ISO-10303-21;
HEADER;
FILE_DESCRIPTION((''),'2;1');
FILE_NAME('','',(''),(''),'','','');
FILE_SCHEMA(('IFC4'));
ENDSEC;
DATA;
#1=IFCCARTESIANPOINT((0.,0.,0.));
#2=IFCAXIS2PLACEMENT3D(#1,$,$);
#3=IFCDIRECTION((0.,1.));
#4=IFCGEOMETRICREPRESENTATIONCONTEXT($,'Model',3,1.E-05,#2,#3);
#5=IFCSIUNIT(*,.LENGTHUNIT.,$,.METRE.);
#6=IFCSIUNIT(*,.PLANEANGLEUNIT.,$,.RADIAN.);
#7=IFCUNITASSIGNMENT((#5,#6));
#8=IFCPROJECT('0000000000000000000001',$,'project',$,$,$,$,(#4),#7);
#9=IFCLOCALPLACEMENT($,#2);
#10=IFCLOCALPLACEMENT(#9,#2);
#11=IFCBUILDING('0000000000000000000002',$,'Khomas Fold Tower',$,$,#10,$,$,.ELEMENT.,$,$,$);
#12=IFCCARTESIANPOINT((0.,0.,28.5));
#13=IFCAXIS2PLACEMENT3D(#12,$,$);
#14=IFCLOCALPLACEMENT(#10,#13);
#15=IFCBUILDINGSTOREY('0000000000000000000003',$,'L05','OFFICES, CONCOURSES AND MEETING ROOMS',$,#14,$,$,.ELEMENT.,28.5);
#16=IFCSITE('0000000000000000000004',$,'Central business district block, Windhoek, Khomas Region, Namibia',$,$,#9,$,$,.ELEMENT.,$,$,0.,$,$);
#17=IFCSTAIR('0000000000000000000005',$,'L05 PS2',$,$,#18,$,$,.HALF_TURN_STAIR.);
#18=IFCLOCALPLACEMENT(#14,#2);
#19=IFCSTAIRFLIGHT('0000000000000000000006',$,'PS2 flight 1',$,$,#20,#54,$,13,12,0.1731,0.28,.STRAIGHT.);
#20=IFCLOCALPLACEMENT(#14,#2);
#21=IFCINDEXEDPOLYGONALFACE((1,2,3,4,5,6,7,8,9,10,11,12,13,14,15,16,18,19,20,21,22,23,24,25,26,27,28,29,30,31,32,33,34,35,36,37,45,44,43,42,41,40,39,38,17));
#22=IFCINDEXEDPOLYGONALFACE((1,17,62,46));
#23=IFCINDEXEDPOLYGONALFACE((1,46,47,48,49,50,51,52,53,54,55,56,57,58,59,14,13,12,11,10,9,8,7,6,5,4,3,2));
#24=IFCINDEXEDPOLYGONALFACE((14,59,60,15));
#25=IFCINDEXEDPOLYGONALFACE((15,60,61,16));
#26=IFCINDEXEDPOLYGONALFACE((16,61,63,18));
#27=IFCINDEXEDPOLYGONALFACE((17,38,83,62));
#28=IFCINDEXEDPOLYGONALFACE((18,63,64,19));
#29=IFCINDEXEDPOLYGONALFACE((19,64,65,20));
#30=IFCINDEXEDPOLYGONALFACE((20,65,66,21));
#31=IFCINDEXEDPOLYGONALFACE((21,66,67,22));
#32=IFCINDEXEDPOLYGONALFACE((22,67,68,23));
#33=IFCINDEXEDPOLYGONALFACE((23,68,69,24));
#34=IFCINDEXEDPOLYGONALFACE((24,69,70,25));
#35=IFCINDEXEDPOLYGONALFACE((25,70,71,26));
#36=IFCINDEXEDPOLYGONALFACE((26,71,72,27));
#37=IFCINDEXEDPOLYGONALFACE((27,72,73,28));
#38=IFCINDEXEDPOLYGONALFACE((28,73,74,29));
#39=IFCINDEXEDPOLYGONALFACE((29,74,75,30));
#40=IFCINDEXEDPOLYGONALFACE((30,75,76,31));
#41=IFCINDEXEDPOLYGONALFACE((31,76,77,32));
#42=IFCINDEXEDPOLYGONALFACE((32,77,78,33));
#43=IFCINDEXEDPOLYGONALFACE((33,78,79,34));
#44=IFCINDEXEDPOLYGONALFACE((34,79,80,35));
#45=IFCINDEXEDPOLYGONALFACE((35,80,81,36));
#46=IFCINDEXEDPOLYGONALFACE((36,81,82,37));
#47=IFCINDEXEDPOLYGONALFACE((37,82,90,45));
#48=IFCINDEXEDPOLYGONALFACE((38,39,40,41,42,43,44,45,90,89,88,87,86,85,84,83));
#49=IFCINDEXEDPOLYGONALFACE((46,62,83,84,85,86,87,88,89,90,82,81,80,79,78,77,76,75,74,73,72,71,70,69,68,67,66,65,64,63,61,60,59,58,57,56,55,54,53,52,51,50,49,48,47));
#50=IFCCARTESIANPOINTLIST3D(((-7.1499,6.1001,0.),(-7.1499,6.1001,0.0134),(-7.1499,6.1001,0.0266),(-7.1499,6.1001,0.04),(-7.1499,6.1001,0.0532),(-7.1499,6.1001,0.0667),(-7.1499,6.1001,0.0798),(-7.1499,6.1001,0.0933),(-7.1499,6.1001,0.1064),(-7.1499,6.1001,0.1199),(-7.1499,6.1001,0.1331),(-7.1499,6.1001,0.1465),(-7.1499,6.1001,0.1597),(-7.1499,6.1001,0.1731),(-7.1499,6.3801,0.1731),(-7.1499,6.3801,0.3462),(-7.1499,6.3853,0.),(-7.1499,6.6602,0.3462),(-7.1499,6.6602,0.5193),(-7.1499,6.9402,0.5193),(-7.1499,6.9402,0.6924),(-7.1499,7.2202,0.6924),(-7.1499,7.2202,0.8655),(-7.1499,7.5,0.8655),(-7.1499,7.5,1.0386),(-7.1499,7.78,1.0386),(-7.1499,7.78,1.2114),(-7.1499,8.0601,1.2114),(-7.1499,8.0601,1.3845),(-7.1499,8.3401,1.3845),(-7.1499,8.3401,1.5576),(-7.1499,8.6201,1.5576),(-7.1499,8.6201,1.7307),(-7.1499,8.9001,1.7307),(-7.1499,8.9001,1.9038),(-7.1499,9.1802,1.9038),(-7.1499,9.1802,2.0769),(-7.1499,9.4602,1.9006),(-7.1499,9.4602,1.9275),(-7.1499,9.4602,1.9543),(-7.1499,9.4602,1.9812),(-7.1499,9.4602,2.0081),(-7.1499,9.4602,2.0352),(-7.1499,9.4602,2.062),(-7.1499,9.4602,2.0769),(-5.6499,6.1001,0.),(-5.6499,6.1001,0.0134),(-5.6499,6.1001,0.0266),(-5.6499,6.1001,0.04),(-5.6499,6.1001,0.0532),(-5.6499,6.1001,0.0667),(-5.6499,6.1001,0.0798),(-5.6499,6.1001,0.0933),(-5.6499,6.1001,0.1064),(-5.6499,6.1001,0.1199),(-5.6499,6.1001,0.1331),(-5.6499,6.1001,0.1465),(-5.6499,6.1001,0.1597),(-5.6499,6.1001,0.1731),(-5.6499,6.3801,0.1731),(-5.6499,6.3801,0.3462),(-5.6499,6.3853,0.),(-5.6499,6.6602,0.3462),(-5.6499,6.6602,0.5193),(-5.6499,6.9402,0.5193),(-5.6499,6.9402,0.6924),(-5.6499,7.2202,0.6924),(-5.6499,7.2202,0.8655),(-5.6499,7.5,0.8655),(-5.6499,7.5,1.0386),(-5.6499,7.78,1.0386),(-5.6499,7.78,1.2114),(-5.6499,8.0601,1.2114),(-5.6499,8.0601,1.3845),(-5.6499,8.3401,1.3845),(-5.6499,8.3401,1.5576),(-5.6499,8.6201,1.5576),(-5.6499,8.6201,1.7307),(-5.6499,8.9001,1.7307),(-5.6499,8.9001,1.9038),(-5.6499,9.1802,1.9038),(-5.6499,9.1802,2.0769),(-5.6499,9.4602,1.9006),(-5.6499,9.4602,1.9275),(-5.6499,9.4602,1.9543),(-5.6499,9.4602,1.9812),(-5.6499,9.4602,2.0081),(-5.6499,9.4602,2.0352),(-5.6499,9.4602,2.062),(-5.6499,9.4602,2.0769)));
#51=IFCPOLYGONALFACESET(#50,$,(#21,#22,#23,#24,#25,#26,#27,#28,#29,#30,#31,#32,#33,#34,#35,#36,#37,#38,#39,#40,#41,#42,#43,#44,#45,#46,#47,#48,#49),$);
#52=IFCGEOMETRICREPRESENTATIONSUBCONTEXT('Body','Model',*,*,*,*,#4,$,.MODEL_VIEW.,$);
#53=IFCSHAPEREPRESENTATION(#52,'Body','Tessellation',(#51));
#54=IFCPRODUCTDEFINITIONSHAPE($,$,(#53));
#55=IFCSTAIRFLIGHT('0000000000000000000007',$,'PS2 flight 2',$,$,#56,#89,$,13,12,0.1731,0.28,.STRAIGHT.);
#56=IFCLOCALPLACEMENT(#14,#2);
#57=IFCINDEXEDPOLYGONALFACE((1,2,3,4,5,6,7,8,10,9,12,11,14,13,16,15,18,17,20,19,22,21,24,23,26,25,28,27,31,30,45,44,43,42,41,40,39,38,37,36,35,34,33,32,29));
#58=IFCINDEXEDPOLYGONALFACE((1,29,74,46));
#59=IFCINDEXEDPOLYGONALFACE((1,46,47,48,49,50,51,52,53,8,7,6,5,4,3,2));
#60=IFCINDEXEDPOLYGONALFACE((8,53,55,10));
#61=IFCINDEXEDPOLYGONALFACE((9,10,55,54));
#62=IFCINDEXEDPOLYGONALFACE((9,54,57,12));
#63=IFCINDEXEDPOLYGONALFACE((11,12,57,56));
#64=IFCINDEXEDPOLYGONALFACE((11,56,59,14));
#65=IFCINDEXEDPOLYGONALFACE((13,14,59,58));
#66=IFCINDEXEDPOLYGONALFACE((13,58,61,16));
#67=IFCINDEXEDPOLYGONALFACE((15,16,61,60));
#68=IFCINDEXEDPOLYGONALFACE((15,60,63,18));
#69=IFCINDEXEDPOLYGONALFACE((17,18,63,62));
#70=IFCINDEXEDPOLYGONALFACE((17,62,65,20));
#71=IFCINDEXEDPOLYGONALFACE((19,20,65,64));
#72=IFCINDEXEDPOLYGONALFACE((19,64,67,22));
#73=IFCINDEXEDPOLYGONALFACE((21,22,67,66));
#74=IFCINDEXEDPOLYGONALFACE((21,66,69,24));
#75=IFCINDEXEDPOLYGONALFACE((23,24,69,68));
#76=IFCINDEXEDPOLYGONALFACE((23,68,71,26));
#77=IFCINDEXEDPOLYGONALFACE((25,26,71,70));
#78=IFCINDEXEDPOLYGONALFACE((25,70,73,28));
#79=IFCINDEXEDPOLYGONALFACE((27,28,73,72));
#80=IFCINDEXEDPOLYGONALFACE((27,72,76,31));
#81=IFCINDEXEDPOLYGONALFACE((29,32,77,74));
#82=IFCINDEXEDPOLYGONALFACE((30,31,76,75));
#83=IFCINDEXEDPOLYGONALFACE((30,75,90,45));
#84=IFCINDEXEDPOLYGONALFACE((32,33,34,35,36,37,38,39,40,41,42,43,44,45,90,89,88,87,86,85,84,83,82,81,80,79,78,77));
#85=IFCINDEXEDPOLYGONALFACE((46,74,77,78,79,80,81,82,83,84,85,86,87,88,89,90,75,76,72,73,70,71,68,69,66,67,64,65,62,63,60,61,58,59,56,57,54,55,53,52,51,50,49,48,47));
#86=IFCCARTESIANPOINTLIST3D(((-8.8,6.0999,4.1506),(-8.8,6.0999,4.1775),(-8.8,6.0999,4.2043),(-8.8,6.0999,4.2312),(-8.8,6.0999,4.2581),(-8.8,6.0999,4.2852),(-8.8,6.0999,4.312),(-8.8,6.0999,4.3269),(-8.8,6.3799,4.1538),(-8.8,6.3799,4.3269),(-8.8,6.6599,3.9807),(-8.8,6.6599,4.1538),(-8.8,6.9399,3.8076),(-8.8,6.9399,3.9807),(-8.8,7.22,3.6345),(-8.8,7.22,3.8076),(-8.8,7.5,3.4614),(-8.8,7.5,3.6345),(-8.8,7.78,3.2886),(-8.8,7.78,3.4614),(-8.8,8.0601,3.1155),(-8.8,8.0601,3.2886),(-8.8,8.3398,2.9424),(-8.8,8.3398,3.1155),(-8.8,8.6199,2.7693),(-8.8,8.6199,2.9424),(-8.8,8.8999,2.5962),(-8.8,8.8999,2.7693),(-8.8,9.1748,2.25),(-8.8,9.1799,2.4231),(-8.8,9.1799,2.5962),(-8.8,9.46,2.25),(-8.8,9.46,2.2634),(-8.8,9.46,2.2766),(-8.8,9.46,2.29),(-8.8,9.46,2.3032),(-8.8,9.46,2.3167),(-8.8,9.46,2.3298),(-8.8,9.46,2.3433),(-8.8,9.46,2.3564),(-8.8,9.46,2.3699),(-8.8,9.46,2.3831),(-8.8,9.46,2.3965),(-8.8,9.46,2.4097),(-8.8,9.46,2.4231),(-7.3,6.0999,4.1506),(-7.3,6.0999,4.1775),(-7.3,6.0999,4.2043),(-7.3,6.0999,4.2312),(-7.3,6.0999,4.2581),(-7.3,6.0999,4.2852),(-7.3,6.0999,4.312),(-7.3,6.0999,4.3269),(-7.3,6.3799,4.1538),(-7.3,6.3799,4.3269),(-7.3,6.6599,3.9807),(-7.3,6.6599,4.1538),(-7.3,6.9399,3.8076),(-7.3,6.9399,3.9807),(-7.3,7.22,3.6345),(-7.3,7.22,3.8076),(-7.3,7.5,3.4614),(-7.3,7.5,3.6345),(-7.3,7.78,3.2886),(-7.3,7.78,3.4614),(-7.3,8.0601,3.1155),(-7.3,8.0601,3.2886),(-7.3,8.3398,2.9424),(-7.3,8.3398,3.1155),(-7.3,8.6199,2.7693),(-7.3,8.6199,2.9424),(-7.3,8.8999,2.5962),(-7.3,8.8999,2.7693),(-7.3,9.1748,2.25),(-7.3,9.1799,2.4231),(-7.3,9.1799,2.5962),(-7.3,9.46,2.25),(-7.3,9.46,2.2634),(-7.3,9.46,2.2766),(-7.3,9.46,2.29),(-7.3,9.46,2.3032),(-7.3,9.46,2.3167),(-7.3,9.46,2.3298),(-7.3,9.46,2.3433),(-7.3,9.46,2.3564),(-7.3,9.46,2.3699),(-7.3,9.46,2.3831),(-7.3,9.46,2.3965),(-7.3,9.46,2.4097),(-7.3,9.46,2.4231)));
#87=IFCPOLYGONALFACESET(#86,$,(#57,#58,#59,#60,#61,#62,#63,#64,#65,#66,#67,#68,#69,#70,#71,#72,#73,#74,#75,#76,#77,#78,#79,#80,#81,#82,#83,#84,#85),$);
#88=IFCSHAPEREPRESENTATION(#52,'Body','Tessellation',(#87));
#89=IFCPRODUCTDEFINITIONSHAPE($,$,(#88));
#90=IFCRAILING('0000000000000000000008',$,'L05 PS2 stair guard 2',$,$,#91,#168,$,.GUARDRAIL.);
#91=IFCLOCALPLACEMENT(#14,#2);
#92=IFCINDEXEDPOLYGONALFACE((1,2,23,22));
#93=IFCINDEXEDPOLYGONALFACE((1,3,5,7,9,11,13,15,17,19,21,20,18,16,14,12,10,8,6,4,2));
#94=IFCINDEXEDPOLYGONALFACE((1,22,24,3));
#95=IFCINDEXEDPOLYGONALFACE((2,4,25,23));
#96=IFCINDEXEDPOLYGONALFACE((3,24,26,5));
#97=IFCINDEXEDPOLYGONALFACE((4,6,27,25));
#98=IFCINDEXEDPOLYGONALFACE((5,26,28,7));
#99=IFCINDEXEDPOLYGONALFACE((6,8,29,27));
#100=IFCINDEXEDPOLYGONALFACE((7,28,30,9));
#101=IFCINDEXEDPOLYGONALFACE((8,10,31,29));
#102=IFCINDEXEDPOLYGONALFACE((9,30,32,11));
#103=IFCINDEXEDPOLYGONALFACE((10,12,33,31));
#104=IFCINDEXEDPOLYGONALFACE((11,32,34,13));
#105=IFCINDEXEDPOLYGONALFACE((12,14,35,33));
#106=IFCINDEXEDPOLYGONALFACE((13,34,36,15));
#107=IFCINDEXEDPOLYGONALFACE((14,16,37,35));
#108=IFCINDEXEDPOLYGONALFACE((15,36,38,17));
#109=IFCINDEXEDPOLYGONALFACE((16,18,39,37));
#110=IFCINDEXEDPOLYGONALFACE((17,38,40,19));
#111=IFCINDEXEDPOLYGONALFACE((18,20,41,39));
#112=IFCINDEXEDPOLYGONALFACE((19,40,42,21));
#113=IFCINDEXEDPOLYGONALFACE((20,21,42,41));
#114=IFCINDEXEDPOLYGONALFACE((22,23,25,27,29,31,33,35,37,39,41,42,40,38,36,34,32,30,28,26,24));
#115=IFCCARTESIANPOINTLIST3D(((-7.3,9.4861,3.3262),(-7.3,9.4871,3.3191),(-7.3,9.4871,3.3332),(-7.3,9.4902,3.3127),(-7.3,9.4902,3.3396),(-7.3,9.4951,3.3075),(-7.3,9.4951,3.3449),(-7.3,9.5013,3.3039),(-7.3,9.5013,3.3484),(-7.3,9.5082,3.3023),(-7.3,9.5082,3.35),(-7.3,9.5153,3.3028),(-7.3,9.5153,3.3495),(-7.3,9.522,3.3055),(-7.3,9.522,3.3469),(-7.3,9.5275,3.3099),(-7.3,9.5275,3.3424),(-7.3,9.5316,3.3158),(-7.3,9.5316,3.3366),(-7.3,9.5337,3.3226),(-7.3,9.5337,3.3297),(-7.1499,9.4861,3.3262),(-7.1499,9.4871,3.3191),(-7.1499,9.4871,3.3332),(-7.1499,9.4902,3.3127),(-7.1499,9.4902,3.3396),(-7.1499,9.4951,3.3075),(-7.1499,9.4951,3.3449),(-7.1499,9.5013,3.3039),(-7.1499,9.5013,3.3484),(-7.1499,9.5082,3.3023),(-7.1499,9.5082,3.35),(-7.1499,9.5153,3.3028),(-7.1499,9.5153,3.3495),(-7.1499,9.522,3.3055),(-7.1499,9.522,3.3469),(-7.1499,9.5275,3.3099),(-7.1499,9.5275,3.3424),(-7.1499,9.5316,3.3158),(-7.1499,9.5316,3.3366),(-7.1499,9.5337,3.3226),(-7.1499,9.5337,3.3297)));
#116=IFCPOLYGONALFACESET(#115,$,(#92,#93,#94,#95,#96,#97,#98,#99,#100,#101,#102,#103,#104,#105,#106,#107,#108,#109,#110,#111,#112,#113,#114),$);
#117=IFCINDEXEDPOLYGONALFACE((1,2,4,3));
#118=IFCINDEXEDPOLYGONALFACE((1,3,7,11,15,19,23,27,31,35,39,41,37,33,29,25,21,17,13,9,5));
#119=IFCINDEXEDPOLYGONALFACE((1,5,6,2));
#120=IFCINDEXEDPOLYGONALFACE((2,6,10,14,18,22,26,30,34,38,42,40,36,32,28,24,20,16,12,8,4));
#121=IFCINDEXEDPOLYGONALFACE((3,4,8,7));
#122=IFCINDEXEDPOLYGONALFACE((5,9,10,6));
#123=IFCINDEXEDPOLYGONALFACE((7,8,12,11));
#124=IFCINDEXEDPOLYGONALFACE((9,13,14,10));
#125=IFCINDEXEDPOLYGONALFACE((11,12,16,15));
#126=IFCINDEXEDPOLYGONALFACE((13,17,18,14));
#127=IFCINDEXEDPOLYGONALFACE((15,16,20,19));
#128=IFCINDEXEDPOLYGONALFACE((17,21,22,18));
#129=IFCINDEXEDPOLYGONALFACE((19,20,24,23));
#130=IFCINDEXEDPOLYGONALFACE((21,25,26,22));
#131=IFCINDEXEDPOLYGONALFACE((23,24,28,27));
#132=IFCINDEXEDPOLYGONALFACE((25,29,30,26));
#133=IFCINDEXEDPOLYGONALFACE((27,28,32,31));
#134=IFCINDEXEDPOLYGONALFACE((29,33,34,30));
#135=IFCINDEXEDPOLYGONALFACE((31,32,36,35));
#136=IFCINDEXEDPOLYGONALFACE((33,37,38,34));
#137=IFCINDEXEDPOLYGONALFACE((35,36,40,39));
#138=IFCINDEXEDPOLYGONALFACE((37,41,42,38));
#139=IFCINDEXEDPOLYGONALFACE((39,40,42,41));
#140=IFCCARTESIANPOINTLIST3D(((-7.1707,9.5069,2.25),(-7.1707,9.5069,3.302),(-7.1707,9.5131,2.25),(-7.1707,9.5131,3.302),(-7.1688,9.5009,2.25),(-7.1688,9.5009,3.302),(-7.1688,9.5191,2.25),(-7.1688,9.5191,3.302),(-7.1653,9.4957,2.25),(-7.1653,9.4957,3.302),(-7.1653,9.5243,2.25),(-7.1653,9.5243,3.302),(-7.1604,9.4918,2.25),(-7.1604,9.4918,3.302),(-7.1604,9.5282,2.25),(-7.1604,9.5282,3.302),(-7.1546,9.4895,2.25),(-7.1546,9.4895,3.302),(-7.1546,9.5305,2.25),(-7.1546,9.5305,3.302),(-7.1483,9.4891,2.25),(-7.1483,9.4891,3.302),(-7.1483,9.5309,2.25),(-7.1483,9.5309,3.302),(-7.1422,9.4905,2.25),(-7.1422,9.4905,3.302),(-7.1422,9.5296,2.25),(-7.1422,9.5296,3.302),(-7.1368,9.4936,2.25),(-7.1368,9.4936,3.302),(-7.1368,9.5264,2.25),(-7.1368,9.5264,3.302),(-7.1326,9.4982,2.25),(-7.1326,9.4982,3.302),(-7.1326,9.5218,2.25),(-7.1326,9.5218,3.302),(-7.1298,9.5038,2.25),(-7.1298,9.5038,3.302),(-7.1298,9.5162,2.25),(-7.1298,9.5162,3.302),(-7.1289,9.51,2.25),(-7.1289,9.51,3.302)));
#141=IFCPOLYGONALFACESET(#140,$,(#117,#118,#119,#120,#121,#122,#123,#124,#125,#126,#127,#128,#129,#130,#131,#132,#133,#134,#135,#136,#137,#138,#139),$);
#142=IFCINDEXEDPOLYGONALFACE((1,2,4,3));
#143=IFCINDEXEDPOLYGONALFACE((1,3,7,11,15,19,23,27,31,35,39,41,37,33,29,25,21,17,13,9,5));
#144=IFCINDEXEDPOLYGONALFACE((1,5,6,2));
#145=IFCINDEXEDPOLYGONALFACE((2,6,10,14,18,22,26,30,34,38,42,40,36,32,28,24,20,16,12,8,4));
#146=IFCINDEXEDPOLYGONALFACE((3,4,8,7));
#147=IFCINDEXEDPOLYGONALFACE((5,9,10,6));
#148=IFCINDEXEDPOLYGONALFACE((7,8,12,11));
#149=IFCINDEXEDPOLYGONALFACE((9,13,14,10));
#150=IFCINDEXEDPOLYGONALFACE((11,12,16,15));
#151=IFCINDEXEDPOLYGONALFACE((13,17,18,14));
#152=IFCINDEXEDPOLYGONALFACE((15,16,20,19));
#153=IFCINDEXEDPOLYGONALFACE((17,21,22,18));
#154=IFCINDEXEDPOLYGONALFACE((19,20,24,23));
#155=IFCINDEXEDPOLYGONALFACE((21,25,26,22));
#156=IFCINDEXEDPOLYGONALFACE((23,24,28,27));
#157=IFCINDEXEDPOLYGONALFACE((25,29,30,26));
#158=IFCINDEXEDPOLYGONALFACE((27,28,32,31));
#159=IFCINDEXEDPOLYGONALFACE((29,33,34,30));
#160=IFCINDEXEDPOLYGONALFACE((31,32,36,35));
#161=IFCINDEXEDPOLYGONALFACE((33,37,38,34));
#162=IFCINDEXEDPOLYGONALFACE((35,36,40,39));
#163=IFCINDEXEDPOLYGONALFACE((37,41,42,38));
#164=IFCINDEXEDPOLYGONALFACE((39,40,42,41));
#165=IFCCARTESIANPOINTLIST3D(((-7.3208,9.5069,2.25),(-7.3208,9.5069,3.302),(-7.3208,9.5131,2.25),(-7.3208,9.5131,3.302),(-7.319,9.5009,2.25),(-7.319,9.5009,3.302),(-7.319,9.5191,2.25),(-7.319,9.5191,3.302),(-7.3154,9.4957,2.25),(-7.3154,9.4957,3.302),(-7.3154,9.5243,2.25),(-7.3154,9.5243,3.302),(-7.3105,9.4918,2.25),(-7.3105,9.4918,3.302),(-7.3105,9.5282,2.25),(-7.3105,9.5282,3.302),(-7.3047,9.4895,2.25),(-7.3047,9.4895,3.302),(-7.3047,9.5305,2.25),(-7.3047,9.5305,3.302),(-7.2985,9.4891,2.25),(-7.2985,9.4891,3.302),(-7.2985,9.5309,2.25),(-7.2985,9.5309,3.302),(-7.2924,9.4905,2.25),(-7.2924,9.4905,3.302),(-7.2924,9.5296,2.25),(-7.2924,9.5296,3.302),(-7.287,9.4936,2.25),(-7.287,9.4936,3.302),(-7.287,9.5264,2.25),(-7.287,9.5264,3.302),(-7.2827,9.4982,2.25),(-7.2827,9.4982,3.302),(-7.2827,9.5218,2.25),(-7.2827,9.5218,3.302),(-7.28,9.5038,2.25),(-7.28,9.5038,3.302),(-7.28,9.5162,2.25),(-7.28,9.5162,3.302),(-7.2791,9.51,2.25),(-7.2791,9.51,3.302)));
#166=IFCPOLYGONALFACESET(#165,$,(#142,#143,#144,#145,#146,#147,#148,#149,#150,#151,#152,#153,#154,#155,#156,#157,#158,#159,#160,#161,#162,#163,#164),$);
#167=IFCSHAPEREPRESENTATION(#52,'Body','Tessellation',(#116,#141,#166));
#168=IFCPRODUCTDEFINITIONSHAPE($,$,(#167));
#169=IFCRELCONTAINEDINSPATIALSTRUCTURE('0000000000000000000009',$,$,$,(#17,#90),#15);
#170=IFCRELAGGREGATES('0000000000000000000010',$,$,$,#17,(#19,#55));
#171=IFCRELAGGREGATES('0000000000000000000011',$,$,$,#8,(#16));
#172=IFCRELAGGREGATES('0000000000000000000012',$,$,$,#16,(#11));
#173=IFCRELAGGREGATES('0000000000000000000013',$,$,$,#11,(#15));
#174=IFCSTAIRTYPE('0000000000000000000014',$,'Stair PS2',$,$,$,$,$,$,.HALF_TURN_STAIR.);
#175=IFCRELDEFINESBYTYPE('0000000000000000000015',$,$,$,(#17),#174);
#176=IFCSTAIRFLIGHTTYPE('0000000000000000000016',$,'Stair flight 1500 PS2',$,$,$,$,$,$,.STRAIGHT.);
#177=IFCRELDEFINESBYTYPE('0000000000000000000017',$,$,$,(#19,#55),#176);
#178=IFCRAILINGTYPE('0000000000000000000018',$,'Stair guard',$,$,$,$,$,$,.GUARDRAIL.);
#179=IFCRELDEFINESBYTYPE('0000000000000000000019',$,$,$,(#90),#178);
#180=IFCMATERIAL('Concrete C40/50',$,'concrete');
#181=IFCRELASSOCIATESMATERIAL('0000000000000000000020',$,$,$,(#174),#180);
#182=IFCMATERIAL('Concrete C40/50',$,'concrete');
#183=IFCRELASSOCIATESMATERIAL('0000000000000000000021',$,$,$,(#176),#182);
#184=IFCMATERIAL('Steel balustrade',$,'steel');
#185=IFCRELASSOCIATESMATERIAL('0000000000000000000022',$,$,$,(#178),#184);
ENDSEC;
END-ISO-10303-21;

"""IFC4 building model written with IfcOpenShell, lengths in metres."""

from ifc_helpers import new_model, si_unit, direction, frame, origin, origin_2d, place, context, subcontext, project, spatial, polyline, circle, outline, extrude, source, transform, mapped, material, type_object, element, aggregate, save


model = new_model("IFC4")

# Units and contexts
model_context = context("Model", 3, precision=1e-05, world=origin(), true_north=direction((0.0, 1.0)))
body_context = subcontext(model_context, "Body", "Model", "MODEL_VIEW")
ifc_project = project(units=[si_unit("LENGTHUNIT", "METRE"), si_unit("PLANEANGLEUNIT", "RADIAN")], contexts=[model_context])

# Site, building, storey
site_placement = place(None, origin())
site = spatial("IfcSite", under=ifc_project, at=site_placement, Name="Central business district block, Windhoek, Khomas Region, Namibia", CompositionType="ELEMENT", RefElevation=0.0)
building_placement = place(site_placement, origin())
building = spatial("IfcBuilding", under=site, at=building_placement, Name="Khomas Fold Tower", CompositionType="ELEMENT")
storey_placement = place(building_placement, frame((0.0, 0.0, 28.5)))
storey = spatial("IfcBuildingStorey", under=building, at=storey_placement, Name="L05", Description="OFFICES, CONCOURSES AND MEETING ROOMS", CompositionType="ELEMENT", Elevation=28.5)

# Stair, stair flights
ifc_material_1 = material(Name="Concrete C40/50", Category="concrete")
stair_type = type_object("IfcStairType", Name="Stair PS2", PredefinedType="HALF_TURN_STAIR", material=ifc_material_1)
stair_placement = place(storey_placement, origin())
stair = element("IfcStair", 1, at=stair_placement, inside=storey, type_object=stair_type, Name="L05 PS2", PredefinedType="HALF_TURN_STAIR")
ifc_material_2 = material(Name="Concrete C40/50", Category="concrete")
stair_flight_type = type_object("IfcStairFlightType", Name="Stair flight 1500 PS2", PredefinedType="STRAIGHT", material=ifc_material_2)
shared_shape_1 = source(origin(), body_context, "Body", "SweptSolid", [
    extrude(outline(polyline([(0.0, 0.0), (0.0, 0.0134), (0.0, 0.0266), (0.0, 0.04), (0.0, 0.0532), (0.0, 0.0667), (0.0, 0.0798), (0.0, 0.0933), (0.0, 0.1064), (0.0, 0.1199), (0.0, 0.1331), (0.0, 0.1465), (0.0, 0.1597), (0.0, 0.1731), (0.28, 0.1731), (0.28, 0.3462), (0.5601, 0.3462), (0.5601, 0.5193), (0.8401, 0.5193), (0.8401, 0.6924), (1.1201, 0.6924), (1.1201, 0.8655), (1.3999, 0.8655), (1.3999, 1.0386), (1.6799, 1.0386), (1.6799, 1.2114), (1.96, 1.2114), (1.96, 1.3845), (2.24, 1.3845), (2.24, 1.5576), (2.52, 1.5576), (2.52, 1.7307), (2.8, 1.7307), (2.8, 1.9038), (3.0801, 1.9038), (3.0801, 2.0769), (3.3601, 2.0769), (3.3601, 2.25), (3.3601, 2.2231), (3.3601, 2.1963), (3.3601, 2.1694), (3.3601, 2.1426), (3.3601, 2.1157), (3.3601, 2.0889), (3.3601, 2.062), (3.3601, 2.0352), (3.3601, 2.0081), (3.3601, 1.9812), (3.3601, 1.9543), (3.3601, 1.9275), (3.3601, 1.9006), (0.2852, 0.0), (0.0, 0.0)])), frame((0.0, 0.75, 0.0), z_axis=(0.0, -1.0, 0.0), x_axis=(1.0, 0.0, 0.0)), (0.0, 0.0, 1.0), 1.5),
])
stair_flight_1_placement = place(storey_placement, frame((-6.3999, 6.1001, 0.0), z_axis=(0.0, 0.0, 1.0), x_axis=(0.0, 1.0, 0.0)))
stair_flight_1 = element("IfcStairFlight", 2, at=stair_flight_1_placement, type_object=stair_flight_type, Name="PS2 flight 1", NumberOfRisers=13, NumberOfTreads=12, PredefinedType="STRAIGHT", RiserHeight=0.1731, TreadLength=0.28, context=body_context, shape_type="MappedRepresentation", body=[
    mapped(shared_shape_1, transform((0.0, 0.0, 0.0))),
])
stair_flight_2_placement = place(storey_placement, frame((-8.05, 9.46, 2.25), z_axis=(0.0, 0.0, 1.0), x_axis=(0.0, -1.0, 0.0)))
stair_flight_2 = element("IfcStairFlight", 3, at=stair_flight_2_placement, type_object=stair_flight_type, Name="PS2 flight 2", NumberOfRisers=13, NumberOfTreads=12, PredefinedType="STRAIGHT", RiserHeight=0.1731, TreadLength=0.28, context=body_context, shape_type="MappedRepresentation", body=[
    mapped(shared_shape_1, transform((0.0, 0.0, 0.0))),
])
aggregate(stair, [stair_flight_1, stair_flight_2])

# Railing
ifc_material_3 = material(Name="Steel balustrade", Category="steel")
railing_type_1 = type_object("IfcRailingType", Name="Stair guard", PredefinedType="GUARDRAIL", material=ifc_material_3)
shared_shape_2 = source(origin(), body_context, "Body", "SweptSolid", [
    extrude(circle(Radius=0.0239, at=origin_2d()), frame((0.0, 0.0, 1.0762), z_axis=(-1.0, 0.0, 0.0), x_axis=(0.0, -1.0, 0.0)), (0.0, 0.0, 1.0), 0.1501),
    extrude(circle(Radius=0.021, at=origin_2d()), origin(), (0.0, 0.0, 1.0), 1.052),
    extrude(circle(Radius=0.021, at=origin_2d()), frame((-0.1501, 0.0, 0.0)), (0.0, 0.0, 1.0), 1.052),
])
for number, where, name in (
    (4, (-7.1499, 9.51, 2.25), "L05 PS2 stair guard 2"),
):
    element("IfcRailing", number, at=place(storey_placement, frame(where)), inside=storey, type_object=railing_type_1, Name=name, PredefinedType="GUARDRAIL", context=body_context, shape_type="MappedRepresentation", body=[
        mapped(shared_shape_2, transform((0.0, 0.0, 0.0))),
    ])

save(model, "model.ifc")
